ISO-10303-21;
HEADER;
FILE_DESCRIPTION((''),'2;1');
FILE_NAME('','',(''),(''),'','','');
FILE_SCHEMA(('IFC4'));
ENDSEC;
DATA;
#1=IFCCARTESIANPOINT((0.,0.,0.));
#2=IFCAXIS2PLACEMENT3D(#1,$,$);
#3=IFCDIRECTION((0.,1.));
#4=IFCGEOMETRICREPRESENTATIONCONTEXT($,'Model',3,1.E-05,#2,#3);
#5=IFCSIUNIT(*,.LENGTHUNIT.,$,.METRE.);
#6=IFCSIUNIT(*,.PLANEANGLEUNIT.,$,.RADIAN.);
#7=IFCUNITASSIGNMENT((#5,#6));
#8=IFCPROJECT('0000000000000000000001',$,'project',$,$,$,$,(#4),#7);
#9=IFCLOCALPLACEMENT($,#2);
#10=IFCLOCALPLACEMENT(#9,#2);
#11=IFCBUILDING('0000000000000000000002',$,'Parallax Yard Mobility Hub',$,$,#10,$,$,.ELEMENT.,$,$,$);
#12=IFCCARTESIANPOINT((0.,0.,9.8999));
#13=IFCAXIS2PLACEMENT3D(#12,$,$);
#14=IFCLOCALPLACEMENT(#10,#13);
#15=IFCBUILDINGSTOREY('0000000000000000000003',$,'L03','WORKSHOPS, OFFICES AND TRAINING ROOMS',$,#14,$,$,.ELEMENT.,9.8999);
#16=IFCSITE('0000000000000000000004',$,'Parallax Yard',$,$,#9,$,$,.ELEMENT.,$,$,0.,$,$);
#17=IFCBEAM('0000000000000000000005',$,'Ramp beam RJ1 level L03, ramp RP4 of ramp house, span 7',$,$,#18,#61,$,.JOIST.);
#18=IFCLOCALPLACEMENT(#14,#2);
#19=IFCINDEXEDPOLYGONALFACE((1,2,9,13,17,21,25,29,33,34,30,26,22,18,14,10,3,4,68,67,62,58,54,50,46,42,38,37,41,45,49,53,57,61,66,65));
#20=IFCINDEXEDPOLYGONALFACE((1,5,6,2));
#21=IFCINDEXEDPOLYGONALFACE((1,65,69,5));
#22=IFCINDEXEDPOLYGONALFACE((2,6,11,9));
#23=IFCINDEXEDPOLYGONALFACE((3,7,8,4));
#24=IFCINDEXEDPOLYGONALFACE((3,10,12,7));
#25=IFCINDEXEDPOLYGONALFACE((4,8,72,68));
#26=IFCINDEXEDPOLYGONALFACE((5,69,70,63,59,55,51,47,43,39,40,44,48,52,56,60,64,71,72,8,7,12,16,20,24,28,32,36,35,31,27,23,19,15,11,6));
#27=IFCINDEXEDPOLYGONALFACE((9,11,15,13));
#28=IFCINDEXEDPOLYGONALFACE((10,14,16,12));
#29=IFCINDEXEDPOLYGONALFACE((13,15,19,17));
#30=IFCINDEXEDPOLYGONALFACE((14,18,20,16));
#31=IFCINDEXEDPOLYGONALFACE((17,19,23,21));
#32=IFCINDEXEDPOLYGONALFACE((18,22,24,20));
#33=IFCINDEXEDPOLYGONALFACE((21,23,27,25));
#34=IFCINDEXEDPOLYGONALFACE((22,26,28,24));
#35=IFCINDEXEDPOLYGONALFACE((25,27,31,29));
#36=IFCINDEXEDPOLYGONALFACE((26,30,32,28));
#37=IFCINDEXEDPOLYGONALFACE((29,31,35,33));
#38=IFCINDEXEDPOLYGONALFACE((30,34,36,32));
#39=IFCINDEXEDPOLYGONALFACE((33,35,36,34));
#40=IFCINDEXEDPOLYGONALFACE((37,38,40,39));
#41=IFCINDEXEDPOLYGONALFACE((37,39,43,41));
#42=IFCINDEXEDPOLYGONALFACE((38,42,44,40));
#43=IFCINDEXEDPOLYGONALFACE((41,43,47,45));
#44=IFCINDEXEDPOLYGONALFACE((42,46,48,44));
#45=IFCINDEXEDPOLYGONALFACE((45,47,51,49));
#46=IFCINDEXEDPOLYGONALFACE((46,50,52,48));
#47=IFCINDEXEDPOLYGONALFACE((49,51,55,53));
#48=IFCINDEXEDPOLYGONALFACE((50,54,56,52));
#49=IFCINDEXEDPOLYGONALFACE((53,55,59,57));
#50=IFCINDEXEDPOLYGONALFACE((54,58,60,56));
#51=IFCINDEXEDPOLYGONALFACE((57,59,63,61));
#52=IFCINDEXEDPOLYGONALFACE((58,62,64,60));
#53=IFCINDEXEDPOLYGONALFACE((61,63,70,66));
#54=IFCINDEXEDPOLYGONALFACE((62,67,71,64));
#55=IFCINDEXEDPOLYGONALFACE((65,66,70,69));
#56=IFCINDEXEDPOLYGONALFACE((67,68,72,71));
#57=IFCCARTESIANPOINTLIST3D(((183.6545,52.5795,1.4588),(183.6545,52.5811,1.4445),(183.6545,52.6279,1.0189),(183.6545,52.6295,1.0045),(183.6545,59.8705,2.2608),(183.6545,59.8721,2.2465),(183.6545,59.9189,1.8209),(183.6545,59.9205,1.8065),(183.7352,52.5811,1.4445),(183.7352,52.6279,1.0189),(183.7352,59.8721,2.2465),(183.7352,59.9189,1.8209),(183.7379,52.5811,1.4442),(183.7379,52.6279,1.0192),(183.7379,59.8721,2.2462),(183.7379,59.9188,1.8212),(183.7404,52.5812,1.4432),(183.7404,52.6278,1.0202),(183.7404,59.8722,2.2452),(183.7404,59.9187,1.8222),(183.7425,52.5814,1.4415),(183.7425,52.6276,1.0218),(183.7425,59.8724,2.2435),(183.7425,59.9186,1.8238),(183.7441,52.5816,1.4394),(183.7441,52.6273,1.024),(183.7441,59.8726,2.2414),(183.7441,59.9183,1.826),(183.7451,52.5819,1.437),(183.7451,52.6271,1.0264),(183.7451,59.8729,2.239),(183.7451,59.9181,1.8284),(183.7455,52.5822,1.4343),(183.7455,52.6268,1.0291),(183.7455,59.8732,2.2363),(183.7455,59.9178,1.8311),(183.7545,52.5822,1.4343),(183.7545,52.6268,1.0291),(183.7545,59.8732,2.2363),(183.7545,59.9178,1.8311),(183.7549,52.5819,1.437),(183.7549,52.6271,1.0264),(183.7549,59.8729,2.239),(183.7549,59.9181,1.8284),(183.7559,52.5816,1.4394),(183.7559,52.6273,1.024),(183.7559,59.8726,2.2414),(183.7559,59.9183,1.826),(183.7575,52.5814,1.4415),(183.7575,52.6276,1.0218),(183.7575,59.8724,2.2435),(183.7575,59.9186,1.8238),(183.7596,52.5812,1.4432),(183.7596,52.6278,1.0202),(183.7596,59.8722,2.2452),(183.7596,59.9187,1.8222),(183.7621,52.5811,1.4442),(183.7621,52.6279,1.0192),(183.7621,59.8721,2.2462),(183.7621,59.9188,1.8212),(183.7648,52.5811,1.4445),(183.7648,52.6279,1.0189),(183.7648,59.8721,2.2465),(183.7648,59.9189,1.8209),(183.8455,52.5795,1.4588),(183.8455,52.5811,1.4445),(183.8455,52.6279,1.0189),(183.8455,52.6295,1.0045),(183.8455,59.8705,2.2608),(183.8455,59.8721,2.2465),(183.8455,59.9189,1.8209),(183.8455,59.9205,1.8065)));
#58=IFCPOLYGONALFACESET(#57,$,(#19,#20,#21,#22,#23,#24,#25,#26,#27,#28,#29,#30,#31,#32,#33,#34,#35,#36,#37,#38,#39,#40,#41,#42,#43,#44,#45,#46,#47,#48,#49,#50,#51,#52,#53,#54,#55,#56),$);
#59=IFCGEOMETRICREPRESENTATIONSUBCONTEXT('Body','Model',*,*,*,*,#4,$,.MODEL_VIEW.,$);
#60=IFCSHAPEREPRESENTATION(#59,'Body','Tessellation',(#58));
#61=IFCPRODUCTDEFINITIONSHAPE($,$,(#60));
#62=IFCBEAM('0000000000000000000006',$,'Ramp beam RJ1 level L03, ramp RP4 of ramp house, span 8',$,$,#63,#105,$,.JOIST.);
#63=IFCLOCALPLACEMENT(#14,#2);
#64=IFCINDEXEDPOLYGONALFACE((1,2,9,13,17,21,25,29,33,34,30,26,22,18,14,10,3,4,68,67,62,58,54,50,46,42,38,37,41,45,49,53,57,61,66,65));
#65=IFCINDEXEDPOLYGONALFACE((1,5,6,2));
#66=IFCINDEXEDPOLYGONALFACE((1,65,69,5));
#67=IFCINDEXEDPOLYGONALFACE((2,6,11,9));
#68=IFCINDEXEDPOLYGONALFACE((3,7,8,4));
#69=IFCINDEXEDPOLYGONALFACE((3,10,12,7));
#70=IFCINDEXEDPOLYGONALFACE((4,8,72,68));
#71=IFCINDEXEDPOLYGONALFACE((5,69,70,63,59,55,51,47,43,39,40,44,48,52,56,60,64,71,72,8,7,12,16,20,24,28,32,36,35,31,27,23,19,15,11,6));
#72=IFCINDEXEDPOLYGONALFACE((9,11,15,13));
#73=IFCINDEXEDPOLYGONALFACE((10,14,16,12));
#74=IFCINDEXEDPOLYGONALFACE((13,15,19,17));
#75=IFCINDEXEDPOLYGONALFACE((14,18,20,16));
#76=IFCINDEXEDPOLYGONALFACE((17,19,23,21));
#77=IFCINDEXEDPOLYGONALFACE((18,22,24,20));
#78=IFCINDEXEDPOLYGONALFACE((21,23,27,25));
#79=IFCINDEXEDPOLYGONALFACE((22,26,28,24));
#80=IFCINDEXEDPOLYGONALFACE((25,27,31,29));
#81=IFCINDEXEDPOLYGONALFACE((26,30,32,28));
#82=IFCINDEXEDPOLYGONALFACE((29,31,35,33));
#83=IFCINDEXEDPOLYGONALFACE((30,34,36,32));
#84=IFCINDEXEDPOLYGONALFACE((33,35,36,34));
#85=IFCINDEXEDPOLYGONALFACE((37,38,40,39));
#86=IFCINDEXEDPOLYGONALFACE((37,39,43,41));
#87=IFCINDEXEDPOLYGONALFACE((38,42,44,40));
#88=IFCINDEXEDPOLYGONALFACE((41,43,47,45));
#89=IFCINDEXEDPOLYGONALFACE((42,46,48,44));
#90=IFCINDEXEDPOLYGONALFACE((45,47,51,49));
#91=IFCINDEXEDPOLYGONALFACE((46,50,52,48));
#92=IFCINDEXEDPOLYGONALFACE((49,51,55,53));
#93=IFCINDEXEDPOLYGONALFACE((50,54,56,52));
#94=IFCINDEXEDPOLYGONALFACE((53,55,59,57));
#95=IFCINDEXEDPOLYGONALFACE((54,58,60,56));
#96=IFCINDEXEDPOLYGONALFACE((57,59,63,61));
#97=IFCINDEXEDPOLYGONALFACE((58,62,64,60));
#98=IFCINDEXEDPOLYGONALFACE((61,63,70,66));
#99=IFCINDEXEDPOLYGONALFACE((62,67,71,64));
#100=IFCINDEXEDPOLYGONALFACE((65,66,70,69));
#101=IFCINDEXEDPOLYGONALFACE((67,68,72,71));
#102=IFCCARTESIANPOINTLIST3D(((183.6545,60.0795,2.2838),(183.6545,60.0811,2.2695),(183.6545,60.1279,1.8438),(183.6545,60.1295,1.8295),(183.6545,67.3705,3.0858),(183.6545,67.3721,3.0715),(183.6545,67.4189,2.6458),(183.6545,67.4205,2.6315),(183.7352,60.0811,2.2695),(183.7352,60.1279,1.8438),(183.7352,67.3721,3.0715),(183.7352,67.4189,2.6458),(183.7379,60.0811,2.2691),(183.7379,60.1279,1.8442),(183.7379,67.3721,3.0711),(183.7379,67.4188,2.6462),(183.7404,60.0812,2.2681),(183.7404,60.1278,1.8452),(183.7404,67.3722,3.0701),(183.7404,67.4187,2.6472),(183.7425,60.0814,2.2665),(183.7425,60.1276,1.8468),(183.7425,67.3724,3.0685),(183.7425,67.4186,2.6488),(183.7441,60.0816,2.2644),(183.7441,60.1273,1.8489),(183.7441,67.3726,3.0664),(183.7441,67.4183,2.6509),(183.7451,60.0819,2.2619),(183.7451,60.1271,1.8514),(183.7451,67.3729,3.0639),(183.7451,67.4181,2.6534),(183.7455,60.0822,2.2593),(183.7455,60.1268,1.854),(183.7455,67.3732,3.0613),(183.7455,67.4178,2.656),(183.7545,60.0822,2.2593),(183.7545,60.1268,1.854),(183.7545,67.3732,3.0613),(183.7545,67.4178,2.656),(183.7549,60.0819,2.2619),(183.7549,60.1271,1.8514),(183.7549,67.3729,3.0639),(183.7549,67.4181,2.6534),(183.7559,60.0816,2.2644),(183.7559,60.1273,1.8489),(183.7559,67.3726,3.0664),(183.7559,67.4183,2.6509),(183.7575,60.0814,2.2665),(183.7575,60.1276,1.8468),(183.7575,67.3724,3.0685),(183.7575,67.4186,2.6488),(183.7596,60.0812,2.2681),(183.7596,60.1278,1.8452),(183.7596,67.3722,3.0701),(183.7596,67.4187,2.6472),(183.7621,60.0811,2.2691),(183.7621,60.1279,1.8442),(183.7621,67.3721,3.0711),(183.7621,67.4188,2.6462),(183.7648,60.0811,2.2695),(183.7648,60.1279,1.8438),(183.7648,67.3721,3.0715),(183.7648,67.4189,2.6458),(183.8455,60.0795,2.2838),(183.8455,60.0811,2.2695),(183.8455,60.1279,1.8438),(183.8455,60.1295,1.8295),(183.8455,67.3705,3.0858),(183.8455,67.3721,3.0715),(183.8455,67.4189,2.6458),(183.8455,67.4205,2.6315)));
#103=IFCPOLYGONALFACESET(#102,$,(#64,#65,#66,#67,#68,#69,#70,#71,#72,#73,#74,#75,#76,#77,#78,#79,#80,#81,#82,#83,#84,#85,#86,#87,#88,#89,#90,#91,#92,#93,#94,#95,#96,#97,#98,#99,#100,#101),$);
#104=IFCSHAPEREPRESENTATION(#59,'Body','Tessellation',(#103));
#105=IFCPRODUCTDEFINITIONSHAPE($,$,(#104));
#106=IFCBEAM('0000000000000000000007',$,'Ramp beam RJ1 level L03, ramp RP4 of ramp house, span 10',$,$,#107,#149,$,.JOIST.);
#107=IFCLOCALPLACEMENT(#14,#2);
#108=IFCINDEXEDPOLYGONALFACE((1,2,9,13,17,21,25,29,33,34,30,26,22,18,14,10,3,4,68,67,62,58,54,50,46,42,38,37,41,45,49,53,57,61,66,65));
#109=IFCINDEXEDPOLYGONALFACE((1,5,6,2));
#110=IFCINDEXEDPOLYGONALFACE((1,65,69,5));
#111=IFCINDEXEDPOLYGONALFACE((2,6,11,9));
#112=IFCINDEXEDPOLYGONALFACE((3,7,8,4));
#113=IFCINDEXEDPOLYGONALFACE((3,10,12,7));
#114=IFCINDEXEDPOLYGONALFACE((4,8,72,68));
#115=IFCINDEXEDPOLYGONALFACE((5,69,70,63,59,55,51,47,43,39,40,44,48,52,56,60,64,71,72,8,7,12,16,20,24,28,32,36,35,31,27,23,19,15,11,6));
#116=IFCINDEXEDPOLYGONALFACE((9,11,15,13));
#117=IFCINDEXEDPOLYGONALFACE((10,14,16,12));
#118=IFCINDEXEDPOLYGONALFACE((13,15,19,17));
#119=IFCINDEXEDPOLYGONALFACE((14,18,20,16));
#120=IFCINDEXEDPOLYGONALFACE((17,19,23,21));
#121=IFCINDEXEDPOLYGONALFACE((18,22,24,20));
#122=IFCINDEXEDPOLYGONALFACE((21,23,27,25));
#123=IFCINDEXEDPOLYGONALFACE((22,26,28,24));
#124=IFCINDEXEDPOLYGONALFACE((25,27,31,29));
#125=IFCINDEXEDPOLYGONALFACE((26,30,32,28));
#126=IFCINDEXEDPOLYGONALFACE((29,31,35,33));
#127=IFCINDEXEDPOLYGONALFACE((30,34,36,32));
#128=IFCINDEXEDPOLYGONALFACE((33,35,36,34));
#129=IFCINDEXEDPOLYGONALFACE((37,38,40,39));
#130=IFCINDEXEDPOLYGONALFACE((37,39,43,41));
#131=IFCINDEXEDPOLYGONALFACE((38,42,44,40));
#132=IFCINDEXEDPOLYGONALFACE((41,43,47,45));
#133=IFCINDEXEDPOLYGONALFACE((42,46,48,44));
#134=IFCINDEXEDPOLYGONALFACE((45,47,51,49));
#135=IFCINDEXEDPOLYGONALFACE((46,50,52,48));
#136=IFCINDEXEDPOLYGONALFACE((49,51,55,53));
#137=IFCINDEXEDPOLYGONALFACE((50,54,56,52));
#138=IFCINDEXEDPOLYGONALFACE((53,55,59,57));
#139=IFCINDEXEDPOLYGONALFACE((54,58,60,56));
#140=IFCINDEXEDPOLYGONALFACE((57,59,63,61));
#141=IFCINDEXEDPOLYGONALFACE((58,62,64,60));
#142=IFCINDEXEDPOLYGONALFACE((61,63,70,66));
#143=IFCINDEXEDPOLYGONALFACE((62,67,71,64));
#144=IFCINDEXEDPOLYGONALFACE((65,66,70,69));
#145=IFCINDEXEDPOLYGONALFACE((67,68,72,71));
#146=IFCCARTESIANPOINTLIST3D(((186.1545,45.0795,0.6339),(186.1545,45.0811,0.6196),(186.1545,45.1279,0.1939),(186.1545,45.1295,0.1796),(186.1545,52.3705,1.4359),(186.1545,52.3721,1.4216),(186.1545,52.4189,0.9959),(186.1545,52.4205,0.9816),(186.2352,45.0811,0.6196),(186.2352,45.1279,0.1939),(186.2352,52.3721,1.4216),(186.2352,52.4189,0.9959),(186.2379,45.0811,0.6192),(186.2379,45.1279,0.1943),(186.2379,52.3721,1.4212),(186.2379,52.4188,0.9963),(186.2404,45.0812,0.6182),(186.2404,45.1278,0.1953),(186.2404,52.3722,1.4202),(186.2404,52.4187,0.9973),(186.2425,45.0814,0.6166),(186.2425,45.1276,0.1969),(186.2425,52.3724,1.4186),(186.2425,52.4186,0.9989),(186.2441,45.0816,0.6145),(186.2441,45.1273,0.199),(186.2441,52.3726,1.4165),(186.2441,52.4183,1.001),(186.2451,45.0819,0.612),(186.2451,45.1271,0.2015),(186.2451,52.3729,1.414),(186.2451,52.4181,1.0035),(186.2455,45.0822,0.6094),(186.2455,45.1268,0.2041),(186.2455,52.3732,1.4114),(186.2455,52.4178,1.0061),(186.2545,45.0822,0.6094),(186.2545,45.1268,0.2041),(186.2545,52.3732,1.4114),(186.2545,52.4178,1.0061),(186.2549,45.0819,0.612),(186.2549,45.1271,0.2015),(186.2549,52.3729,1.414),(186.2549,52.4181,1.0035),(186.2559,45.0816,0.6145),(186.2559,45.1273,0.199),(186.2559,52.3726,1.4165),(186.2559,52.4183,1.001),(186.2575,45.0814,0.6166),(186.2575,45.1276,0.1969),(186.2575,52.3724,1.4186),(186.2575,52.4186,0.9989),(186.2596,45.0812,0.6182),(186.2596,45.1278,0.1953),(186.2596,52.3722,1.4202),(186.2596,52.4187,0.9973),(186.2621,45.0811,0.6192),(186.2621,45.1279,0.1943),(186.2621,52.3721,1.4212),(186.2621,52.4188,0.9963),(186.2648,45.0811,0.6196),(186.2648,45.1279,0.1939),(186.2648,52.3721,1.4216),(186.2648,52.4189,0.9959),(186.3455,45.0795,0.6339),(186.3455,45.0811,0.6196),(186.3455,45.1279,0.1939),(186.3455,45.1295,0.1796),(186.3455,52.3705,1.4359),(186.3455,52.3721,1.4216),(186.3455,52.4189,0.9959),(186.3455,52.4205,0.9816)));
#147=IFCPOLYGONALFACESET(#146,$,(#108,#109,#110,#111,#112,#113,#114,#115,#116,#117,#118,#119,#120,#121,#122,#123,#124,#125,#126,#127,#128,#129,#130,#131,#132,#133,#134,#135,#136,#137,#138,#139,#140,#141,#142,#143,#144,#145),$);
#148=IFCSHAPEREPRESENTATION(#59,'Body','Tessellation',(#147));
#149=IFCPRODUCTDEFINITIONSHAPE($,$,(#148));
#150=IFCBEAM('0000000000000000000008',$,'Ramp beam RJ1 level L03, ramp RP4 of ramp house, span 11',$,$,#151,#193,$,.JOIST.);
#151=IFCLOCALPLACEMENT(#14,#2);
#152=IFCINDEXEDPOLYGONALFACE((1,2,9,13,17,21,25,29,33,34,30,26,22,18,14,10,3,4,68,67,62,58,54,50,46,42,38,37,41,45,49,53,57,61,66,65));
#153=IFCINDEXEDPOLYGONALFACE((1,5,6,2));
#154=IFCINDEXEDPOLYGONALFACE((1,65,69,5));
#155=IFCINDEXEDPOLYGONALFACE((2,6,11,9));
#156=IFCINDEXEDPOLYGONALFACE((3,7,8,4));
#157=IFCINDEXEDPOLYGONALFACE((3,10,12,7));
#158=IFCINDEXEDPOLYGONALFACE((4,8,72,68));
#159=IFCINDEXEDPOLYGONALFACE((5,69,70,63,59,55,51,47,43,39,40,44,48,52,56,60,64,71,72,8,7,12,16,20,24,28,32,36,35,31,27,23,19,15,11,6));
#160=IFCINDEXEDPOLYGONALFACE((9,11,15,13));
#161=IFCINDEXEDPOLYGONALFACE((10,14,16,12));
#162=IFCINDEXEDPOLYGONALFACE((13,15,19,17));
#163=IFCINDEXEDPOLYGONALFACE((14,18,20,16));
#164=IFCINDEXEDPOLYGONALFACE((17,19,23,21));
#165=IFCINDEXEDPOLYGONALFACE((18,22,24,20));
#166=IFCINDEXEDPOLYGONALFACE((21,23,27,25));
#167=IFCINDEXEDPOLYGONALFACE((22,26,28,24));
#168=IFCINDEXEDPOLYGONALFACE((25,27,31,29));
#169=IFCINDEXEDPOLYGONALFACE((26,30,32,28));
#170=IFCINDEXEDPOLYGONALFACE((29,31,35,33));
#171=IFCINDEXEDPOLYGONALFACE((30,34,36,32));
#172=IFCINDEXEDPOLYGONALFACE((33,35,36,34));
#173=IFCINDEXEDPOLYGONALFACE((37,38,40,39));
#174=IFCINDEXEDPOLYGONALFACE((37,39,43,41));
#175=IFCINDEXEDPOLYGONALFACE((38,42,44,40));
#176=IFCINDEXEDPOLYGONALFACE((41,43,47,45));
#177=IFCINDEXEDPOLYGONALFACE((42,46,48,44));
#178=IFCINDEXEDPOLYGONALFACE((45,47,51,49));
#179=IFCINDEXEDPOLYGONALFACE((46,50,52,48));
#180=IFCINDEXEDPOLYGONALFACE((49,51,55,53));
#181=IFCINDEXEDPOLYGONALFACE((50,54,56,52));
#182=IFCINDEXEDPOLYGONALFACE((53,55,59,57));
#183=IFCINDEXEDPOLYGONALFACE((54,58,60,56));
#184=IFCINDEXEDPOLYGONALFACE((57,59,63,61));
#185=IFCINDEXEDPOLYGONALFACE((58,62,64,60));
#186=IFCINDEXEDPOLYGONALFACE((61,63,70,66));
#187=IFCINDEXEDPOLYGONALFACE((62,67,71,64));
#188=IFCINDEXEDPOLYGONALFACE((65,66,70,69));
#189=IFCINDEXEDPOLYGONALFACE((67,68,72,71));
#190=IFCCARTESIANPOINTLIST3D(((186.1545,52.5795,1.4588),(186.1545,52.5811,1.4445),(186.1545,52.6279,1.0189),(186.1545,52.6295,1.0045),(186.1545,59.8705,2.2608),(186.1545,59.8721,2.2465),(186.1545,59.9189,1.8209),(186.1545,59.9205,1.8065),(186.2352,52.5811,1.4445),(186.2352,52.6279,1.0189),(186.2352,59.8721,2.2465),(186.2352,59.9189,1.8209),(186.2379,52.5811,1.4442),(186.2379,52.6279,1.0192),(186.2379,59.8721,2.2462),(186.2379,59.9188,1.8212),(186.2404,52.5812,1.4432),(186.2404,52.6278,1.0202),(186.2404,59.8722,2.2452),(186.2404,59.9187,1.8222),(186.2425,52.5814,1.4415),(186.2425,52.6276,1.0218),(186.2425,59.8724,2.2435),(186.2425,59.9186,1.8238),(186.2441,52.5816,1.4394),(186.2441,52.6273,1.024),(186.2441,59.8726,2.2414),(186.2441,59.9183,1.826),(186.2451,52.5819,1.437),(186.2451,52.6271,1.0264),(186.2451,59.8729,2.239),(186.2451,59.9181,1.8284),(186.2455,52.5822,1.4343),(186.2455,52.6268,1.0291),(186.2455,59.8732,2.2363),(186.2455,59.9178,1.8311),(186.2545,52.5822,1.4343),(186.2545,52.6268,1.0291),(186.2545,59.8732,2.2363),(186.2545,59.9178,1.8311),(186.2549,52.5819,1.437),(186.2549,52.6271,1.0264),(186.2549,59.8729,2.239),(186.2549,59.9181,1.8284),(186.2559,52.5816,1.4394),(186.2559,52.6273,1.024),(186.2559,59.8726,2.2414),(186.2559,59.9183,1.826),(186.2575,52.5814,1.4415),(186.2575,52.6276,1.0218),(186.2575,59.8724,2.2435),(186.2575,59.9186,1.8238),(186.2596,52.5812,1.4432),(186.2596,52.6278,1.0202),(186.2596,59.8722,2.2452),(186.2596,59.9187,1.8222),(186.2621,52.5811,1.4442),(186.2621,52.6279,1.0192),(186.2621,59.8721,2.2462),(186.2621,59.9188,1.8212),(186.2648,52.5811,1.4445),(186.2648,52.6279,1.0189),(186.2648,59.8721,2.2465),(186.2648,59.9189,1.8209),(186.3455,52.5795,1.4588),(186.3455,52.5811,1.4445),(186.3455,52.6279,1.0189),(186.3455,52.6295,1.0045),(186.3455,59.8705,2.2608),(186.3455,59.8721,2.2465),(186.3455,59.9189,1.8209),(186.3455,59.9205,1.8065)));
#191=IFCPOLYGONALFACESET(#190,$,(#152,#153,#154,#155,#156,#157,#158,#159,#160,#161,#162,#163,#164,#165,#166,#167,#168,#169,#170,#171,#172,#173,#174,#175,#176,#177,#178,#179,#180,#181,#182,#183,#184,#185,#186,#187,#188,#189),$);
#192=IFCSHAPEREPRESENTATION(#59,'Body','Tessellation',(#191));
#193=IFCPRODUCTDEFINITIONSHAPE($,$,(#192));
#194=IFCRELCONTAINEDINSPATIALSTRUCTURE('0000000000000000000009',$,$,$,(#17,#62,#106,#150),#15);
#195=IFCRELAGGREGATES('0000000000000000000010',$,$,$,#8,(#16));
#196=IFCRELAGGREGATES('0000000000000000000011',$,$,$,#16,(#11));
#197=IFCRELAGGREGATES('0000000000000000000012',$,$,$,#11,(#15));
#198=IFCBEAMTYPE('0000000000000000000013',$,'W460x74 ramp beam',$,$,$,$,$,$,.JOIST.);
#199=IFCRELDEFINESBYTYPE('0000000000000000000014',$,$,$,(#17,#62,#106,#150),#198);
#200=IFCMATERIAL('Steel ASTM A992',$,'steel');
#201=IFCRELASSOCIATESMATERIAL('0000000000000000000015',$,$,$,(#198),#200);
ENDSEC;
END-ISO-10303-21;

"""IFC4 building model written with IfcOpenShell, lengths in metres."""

from ifc_helpers import new_model, si_unit, direction, frame, origin, origin_2d, place, context, subcontext, project, spatial, i_section, extrude, material, material_profile, profile_set, type_object, element, save


model = new_model("IFC4")

# Units and contexts
model_context = context("Model", 3, precision=1e-05, world=origin(), true_north=direction((0.0, 1.0)))
body_context = subcontext(model_context, "Body", "Model", "MODEL_VIEW")
ifc_project = project(units=[si_unit("LENGTHUNIT", "METRE"), si_unit("PLANEANGLEUNIT", "RADIAN")], contexts=[model_context])

# Site, building, storey
site_placement = place(None, origin())
site = spatial("IfcSite", under=ifc_project, at=site_placement, Name="Parallax Yard", CompositionType="ELEMENT", RefElevation=0.0)
building_placement = place(site_placement, origin())
building = spatial("IfcBuilding", under=site, at=building_placement, Name="Parallax Yard Mobility Hub", CompositionType="ELEMENT")
storey_placement = place(building_placement, frame((0.0, 0.0, 9.8999)))
storey = spatial("IfcBuildingStorey", under=building, at=storey_placement, Name="L03", Description="WORKSHOPS, OFFICES AND TRAINING ROOMS", CompositionType="ELEMENT", Elevation=9.8999)

# Shared definitions
ifc_material_1 = material(Name="Steel ASTM A992", Category="steel")

# Beams
ifc_material_profile_1 = material_profile(ifc_material_1, i_section(OverallWidth=0.1909, OverallDepth=0.457, WebThickness=0.009, FlangeThickness=0.0144, FilletRadius=0.0103, at=origin_2d()), Name="W460x74")
ifc_profile_set_1 = profile_set([ifc_material_profile_1], Name="Steel ASTM A992")
beam_type_1 = type_object("IfcBeamType", Name="W460x74 ramp beam", PredefinedType="JOIST", material=ifc_profile_set_1)
for number, where, z_axis, x_axis, name in (
    (1, (183.75, 52.6045, 1.2317), (0.0, 0.994005, 0.109339), (-1.0, 0.0, 0.0), "Ramp beam RJ1 level L03, ramp RP4 of ramp house, span 7"),
    (2, (183.75, 60.1045, 2.0566), (0.0, 0.994005, 0.109339), (-1.0, 0.0, 0.0), "Ramp beam RJ1 level L03, ramp RP4 of ramp house, span 8"),
    (3, (186.25, 45.1045, 0.4067), (0.0, 0.994005, 0.109339), (-1.0, 0.0, 0.0), "Ramp beam RJ1 level L03, ramp RP4 of ramp house, span 10"),
    (4, (186.25, 52.6045, 1.2317), (0.0, 0.994005, 0.109339), (-1.0, 0.0, 0.0), "Ramp beam RJ1 level L03, ramp RP4 of ramp house, span 11"),
):
    element("IfcBeam", number, at=place(storey_placement, frame(where, z_axis=z_axis, x_axis=x_axis)), inside=storey, type_object=beam_type_1, Name=name, PredefinedType="JOIST", context=body_context, shape_type="SweptSolid", body=[
        extrude(i_section(OverallWidth=0.1909, OverallDepth=0.457, WebThickness=0.009, FlangeThickness=0.0144, FilletRadius=0.0103, at=origin_2d()), origin(), (0.0, 0.0, 1.0), 7.335),
    ])

save(model, "model.ifc")
